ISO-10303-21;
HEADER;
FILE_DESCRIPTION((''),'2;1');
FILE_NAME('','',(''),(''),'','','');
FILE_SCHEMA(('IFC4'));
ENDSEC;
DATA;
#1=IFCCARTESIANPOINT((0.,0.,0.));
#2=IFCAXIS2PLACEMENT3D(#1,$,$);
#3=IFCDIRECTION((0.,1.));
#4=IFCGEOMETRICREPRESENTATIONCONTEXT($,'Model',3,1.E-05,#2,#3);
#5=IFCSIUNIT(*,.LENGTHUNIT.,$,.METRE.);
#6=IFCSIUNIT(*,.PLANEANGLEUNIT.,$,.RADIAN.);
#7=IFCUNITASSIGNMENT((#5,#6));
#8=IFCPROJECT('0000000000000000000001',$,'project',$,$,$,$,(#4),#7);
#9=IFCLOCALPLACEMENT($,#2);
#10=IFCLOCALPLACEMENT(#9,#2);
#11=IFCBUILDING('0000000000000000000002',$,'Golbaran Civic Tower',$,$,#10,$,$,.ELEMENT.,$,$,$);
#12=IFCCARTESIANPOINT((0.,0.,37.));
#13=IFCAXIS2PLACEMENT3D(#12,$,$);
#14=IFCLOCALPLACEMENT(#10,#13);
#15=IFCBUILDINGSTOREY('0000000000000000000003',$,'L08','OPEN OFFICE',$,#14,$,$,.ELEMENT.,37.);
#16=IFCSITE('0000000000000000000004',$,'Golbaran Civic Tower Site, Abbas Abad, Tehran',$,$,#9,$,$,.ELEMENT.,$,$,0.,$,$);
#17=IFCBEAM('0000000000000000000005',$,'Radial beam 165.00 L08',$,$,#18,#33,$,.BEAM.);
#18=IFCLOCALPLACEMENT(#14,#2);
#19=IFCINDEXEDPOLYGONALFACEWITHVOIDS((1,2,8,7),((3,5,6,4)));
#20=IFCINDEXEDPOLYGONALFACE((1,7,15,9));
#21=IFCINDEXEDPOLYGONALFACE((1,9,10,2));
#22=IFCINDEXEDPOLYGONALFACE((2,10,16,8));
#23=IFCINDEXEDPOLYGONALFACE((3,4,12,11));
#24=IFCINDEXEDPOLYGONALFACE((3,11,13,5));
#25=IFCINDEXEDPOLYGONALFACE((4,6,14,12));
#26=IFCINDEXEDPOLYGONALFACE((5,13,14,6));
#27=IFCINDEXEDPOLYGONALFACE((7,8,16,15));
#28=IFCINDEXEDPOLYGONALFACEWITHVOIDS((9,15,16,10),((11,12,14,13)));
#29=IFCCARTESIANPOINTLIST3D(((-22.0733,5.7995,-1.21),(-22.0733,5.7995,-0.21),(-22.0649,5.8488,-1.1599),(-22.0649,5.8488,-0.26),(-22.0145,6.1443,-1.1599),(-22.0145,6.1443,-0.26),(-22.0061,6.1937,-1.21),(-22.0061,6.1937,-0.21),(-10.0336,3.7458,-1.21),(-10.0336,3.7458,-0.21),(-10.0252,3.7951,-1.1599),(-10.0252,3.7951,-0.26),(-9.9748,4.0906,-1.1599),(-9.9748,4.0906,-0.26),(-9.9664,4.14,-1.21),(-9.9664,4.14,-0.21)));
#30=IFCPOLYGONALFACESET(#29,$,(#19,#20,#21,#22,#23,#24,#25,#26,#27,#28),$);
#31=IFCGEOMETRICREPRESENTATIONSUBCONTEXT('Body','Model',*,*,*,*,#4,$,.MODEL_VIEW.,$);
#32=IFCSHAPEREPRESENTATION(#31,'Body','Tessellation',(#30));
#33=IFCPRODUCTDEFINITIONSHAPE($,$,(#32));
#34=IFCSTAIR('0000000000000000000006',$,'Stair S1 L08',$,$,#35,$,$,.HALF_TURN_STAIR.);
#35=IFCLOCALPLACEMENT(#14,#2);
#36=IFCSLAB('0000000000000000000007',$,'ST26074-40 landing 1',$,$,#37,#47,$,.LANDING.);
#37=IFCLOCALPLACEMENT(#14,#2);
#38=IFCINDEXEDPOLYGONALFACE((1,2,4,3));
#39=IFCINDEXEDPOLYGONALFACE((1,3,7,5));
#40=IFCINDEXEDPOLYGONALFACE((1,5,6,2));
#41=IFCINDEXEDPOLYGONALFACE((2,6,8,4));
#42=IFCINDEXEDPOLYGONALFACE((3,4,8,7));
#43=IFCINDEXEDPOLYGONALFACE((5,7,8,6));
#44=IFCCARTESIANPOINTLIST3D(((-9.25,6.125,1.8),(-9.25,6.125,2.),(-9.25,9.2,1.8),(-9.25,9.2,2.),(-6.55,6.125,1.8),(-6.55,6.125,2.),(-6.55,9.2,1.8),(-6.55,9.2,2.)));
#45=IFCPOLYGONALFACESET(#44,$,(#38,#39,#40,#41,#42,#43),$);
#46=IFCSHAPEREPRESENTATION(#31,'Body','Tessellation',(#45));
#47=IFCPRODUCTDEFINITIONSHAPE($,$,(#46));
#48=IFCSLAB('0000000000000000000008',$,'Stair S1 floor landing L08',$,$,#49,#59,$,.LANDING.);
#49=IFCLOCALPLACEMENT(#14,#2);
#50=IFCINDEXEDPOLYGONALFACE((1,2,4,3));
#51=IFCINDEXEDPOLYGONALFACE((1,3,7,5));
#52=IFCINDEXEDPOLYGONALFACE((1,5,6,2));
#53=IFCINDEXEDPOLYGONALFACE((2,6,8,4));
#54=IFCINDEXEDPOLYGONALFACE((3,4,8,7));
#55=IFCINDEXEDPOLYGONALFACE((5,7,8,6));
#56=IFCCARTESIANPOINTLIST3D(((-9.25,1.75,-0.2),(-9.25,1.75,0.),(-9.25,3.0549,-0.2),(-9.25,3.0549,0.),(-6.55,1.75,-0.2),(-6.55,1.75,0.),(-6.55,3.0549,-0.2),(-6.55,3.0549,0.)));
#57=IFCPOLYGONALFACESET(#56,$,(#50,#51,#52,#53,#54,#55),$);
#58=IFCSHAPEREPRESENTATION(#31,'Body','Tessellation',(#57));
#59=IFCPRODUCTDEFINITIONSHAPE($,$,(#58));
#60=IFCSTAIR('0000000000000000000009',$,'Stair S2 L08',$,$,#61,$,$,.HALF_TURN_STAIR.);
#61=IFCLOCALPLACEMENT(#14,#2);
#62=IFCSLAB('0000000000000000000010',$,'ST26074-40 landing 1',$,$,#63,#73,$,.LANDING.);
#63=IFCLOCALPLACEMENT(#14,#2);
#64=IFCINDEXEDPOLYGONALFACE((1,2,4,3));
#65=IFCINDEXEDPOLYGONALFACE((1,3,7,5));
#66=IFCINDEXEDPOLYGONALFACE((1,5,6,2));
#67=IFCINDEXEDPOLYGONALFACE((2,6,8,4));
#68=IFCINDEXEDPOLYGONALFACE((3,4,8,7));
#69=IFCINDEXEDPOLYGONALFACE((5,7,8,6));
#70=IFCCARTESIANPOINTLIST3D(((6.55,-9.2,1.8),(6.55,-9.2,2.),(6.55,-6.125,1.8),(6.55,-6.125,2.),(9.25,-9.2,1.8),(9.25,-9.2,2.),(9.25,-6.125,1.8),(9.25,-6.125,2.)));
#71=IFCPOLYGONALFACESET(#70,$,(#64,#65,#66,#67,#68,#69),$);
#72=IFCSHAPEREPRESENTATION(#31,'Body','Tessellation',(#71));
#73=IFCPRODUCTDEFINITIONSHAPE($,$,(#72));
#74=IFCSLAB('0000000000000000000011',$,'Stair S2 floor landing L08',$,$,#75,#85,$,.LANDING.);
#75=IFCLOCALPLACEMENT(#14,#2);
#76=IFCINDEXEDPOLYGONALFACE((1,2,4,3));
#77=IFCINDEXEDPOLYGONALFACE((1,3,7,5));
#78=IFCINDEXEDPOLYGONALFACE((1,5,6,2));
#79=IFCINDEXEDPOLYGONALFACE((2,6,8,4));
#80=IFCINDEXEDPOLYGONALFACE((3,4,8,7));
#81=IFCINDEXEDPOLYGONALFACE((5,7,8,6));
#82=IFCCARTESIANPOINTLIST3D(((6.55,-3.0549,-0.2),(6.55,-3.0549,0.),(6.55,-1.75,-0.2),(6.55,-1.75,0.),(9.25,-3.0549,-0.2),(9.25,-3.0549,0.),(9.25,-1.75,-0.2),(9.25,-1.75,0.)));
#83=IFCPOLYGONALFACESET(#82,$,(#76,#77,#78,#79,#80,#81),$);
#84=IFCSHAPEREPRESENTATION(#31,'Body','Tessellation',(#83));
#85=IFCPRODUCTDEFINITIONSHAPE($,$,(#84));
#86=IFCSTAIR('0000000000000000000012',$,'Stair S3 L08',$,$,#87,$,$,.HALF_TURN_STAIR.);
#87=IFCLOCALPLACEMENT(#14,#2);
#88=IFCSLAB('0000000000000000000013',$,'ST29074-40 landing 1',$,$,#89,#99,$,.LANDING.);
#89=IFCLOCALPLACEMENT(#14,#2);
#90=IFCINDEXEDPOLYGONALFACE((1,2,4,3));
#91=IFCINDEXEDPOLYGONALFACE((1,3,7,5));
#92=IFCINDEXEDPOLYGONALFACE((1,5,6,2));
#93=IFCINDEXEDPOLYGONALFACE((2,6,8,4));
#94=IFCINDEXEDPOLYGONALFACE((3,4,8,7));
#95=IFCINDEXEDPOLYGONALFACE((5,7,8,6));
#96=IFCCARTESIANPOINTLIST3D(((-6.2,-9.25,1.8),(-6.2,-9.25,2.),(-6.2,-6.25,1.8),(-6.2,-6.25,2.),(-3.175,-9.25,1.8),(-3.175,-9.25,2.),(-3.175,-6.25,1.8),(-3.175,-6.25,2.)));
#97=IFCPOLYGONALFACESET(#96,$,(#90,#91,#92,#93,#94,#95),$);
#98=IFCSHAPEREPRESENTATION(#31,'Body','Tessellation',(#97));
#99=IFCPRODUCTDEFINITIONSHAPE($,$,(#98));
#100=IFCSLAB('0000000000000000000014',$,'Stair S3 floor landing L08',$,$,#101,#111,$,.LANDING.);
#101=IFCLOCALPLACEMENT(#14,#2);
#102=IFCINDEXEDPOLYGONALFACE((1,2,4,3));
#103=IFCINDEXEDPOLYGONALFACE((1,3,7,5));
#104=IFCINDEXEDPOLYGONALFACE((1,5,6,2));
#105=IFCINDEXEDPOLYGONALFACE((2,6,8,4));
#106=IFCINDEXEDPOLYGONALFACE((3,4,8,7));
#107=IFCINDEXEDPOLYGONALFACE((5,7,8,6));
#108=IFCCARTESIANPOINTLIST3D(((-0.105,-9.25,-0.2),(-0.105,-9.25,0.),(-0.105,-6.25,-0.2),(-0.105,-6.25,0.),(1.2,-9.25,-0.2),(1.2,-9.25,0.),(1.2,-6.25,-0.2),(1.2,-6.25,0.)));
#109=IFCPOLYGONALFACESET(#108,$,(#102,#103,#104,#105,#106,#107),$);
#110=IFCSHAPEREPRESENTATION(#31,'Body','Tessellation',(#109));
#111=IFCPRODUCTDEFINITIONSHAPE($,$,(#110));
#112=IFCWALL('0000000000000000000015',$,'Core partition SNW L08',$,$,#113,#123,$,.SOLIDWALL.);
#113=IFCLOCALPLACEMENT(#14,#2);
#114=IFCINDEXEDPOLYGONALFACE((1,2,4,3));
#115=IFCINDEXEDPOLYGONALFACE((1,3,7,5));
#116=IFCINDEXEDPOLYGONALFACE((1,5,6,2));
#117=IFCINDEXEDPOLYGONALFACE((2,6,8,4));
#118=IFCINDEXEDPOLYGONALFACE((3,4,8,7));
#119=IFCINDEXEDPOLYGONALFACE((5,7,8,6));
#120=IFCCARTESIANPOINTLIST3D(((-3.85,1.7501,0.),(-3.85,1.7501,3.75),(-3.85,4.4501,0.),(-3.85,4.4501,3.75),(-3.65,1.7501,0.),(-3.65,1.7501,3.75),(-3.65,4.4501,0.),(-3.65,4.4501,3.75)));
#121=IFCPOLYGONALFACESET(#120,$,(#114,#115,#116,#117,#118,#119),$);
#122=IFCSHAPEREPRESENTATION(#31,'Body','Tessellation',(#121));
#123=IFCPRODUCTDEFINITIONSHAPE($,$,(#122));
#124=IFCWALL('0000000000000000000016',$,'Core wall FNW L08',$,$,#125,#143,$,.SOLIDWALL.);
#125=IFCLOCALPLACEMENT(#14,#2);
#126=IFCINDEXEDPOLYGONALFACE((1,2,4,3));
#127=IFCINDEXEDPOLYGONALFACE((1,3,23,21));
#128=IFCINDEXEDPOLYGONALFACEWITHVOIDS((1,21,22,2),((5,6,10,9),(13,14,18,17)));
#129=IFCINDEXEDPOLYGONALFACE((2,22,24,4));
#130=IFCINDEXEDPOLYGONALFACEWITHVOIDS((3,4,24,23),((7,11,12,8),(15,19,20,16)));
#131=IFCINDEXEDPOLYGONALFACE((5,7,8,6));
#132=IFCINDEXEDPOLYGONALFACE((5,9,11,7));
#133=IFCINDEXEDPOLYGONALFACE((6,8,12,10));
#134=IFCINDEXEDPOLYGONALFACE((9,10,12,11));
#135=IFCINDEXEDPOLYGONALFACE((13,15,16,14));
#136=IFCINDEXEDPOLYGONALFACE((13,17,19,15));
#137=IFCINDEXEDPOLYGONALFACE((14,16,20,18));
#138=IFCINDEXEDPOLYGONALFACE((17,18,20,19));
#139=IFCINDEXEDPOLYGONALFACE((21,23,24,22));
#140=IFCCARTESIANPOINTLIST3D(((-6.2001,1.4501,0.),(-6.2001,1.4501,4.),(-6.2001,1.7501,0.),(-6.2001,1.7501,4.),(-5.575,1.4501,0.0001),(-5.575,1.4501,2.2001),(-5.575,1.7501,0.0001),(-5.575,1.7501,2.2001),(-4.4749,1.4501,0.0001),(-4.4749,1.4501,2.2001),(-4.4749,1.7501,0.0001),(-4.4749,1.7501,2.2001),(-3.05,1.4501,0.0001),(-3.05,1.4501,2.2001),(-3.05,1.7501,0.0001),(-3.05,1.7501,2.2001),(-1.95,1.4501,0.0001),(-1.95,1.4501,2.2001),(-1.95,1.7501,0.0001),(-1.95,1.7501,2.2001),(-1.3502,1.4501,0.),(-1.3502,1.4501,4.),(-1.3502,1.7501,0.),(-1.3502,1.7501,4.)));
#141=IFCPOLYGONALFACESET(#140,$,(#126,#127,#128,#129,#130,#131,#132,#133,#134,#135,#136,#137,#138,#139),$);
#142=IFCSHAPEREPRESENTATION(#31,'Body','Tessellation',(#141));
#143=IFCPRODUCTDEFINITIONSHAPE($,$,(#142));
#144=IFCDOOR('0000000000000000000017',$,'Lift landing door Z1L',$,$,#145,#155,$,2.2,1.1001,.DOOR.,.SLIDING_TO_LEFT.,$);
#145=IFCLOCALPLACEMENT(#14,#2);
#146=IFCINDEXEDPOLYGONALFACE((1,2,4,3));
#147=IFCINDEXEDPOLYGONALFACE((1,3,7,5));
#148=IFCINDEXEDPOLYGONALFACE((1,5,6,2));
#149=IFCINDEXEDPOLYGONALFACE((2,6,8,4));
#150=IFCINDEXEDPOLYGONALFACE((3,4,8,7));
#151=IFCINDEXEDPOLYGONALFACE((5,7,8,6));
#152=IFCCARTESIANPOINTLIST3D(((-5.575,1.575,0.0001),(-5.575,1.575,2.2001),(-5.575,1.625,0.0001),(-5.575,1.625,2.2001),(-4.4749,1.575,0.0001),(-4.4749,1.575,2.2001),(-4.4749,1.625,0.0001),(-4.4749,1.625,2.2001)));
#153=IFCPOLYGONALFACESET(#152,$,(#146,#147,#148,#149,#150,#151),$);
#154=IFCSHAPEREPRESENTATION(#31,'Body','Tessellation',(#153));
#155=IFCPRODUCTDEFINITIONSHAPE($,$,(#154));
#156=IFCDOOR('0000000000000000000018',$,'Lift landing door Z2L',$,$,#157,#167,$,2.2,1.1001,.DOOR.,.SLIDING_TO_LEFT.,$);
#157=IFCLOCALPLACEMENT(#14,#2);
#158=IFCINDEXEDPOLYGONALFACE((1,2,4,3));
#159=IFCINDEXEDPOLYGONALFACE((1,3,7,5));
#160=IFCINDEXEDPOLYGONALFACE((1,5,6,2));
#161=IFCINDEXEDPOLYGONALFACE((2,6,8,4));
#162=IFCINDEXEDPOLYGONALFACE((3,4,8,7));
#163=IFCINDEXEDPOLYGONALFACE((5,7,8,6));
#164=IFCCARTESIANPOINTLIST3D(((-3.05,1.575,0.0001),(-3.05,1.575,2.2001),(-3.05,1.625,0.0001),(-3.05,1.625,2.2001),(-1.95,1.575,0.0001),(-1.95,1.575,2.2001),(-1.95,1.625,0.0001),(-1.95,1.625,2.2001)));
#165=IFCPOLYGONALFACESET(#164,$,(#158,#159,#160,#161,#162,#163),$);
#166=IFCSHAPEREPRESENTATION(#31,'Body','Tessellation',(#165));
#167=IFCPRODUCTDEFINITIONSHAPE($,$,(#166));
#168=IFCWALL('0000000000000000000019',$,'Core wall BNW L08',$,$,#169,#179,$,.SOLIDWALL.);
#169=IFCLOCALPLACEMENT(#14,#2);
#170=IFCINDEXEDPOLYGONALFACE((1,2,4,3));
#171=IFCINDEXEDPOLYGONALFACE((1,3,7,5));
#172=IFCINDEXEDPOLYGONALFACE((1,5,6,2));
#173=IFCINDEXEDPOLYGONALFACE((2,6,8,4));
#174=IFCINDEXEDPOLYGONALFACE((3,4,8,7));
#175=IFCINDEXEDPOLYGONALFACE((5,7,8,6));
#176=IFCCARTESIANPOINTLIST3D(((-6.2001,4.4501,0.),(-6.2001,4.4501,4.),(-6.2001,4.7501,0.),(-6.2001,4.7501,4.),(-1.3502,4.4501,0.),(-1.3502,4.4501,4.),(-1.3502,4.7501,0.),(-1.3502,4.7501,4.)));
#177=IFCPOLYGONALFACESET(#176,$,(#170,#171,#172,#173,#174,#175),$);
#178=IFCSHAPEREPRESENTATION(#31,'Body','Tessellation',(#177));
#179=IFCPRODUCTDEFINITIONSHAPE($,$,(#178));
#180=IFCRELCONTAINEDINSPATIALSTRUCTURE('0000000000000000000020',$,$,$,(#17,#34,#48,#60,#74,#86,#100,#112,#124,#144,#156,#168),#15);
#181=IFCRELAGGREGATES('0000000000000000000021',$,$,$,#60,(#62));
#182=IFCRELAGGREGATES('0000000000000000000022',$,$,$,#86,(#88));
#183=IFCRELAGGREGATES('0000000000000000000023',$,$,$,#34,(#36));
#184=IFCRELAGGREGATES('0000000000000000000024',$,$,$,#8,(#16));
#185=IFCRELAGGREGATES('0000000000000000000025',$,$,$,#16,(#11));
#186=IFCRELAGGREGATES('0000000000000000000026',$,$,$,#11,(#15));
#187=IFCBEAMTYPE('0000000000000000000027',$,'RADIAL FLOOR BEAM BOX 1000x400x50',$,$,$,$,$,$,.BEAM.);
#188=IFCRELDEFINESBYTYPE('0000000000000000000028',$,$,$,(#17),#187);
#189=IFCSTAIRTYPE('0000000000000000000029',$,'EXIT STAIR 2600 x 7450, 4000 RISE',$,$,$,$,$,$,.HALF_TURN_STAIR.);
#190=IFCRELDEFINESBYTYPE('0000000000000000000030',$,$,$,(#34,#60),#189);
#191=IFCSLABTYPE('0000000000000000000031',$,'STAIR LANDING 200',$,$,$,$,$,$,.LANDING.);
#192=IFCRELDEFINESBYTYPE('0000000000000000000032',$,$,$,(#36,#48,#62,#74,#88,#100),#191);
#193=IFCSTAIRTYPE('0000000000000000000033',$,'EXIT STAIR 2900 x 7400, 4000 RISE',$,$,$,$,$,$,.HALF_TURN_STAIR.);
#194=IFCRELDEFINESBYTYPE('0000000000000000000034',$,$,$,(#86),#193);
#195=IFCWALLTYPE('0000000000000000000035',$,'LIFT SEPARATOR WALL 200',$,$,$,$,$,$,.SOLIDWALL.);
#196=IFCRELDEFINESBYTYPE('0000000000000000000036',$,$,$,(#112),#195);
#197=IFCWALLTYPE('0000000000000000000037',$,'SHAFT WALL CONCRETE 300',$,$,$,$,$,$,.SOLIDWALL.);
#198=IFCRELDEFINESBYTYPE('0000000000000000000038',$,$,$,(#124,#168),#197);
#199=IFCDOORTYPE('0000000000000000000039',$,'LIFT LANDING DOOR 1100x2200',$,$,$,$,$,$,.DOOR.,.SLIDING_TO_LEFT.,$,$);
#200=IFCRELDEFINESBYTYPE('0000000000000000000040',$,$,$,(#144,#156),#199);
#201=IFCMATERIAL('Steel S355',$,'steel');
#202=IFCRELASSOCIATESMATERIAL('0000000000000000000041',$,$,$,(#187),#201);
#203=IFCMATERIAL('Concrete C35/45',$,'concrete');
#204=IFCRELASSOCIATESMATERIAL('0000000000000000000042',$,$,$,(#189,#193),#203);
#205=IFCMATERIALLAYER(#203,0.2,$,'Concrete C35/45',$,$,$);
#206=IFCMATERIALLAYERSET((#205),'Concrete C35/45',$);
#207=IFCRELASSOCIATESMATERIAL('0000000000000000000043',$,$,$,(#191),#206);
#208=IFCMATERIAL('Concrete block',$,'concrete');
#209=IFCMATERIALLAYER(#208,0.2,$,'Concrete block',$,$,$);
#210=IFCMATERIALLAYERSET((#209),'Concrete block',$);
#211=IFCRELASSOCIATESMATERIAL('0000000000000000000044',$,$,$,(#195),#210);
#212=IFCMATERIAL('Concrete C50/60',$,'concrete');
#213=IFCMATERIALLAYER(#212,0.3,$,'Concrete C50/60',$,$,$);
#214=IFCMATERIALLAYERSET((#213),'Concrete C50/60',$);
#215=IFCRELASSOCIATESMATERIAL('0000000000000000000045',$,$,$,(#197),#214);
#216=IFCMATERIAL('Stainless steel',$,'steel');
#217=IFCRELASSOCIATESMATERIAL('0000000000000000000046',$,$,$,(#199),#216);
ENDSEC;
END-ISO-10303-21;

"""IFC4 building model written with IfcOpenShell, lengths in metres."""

from ifc_helpers import new_model, si_unit, direction, frame, frame_2d, origin, origin_2d, place, context, subcontext, project, spatial, polyline, rectangle, hollow_rectangle, outline, extrude, material, layer, layer_set, material_profile, profile_set, type_object, element, fill, aggregate, save


model = new_model("IFC4")

# Units and contexts
model_context = context("Model", 3, precision=1e-05, world=origin(), true_north=direction((0.0, 1.0)))
body_context = subcontext(model_context, "Body", "Model", "MODEL_VIEW")
ifc_project = project(units=[si_unit("LENGTHUNIT", "METRE"), si_unit("PLANEANGLEUNIT", "RADIAN")], contexts=[model_context])

# Site, building, storey
site_placement = place(None, origin())
site = spatial("IfcSite", under=ifc_project, at=site_placement, Name="Golbaran Civic Tower Site, Abbas Abad, Tehran", CompositionType="ELEMENT", RefElevation=0.0)
building_placement = place(site_placement, origin())
building = spatial("IfcBuilding", under=site, at=building_placement, Name="Golbaran Civic Tower", CompositionType="ELEMENT")
storey_placement = place(building_placement, frame((0.0, 0.0, 37.0)))
storey = spatial("IfcBuildingStorey", under=building, at=storey_placement, Name="L08", Description="OPEN OFFICE", CompositionType="ELEMENT", Elevation=37.0)

# Beam
ifc_material_1 = material(Name="Steel S355", Category="steel")
ifc_material_profile = material_profile(ifc_material_1, hollow_rectangle(XDim=0.3999, YDim=1.0, WallThickness=0.05, at=origin_2d()), Name="BOX 1000x400x50")
ifc_profile_set = profile_set([ifc_material_profile], Name="Steel S355")
beam_type = type_object("IfcBeamType", Name="RADIAL FLOOR BEAM BOX 1000x400x50", PredefinedType="BEAM", material=ifc_profile_set)
beam_placement = place(storey_placement, frame((-10.0, 3.9429, -0.71), z_axis=(-0.985762, 0.168148, 0.0), x_axis=(-0.168148, -0.985762, 0.0)))
element("IfcBeam", 1, at=beam_placement, inside=storey, type_object=beam_type, Name="Radial beam 165.00 L08", PredefinedType="BEAM", context=body_context, shape_type="SweptSolid", body=[
    extrude(hollow_rectangle(XDim=0.3999, YDim=1.0, WallThickness=0.05, at=origin_2d()), origin(), (0.0, 0.0, 1.0), 12.2136),
])

# Stair, slab
ifc_material_2 = material(Name="Concrete C35/45", Category="concrete")
stair_type_1 = type_object("IfcStairType", Name="EXIT STAIR 2600 x 7450, 4000 RISE", PredefinedType="HALF_TURN_STAIR", material=ifc_material_2)
stair_1_placement = place(storey_placement, origin())
stair_1 = element("IfcStair", 2, at=stair_1_placement, inside=storey, type_object=stair_type_1, Name="Stair S1 L08", PredefinedType="HALF_TURN_STAIR")
ifc_layer_1 = layer(ifc_material_2, 0.2, Name="Concrete C35/45")
ifc_layer_set_1 = layer_set([ifc_layer_1], Name="Concrete C35/45")
slab_type = type_object("IfcSlabType", Name="STAIR LANDING 200", PredefinedType="LANDING", material=ifc_layer_set_1)
slab_1_placement = place(storey_placement, frame((0.0, 0.0, 1.8)))
slab_1 = element("IfcSlab", 3, at=slab_1_placement, type_object=slab_type, Name="ST26074-40 landing 1", PredefinedType="LANDING", context=body_context, shape_type="SweptSolid", body=[
    extrude(outline(polyline([(-9.25, 6.125), (-9.25, 9.2), (-6.55, 9.2), (-6.55, 6.125), (-9.25, 6.125)])), origin(), (0.0, 0.0, 1.0), 0.2),
])

# Slab
slab_2_placement = place(storey_placement, frame((0.0, 0.0, -0.2)))
element("IfcSlab", 4, at=slab_2_placement, inside=storey, type_object=slab_type, Name="Stair S1 floor landing L08", PredefinedType="LANDING", context=body_context, shape_type="SweptSolid", body=[
    extrude(outline(polyline([(-9.25, 1.75), (-9.25, 3.0549), (-6.55, 3.0549), (-6.55, 1.75), (-9.25, 1.75)])), origin(), (0.0, 0.0, 1.0), 0.2),
])

# Stair, slab
stair_2_placement = place(storey_placement, origin())
stair_2 = element("IfcStair", 5, at=stair_2_placement, inside=storey, type_object=stair_type_1, Name="Stair S2 L08", PredefinedType="HALF_TURN_STAIR")
slab_3_placement = place(storey_placement, frame((0.0, 0.0, 1.8)))
slab_3 = element("IfcSlab", 6, at=slab_3_placement, type_object=slab_type, Name="ST26074-40 landing 1", PredefinedType="LANDING", context=body_context, shape_type="SweptSolid", body=[
    extrude(outline(polyline([(9.25, -6.125), (9.25, -9.2), (6.55, -9.2), (6.55, -6.125), (9.25, -6.125)])), origin(), (0.0, 0.0, 1.0), 0.2),
])
aggregate(stair_2, [slab_3])

# Slab
slab_4_placement = place(storey_placement, frame((0.0, 0.0, -0.2)))
element("IfcSlab", 7, at=slab_4_placement, inside=storey, type_object=slab_type, Name="Stair S2 floor landing L08", PredefinedType="LANDING", context=body_context, shape_type="SweptSolid", body=[
    extrude(outline(polyline([(9.25, -1.75), (9.25, -3.0549), (6.55, -3.0549), (6.55, -1.75), (9.25, -1.75)])), origin(), (0.0, 0.0, 1.0), 0.2),
])

# Stair, slab
stair_type_2 = type_object("IfcStairType", Name="EXIT STAIR 2900 x 7400, 4000 RISE", PredefinedType="HALF_TURN_STAIR", material=ifc_material_2)
stair_3_placement = place(storey_placement, origin())
stair_3 = element("IfcStair", 8, at=stair_3_placement, inside=storey, type_object=stair_type_2, Name="Stair S3 L08", PredefinedType="HALF_TURN_STAIR")
slab_5_placement = place(storey_placement, frame((0.0, 0.0, 1.8)))
slab_5 = element("IfcSlab", 9, at=slab_5_placement, type_object=slab_type, Name="ST29074-40 landing 1", PredefinedType="LANDING", context=body_context, shape_type="SweptSolid", body=[
    extrude(outline(polyline([(-3.175, -9.25), (-6.2, -9.25), (-6.2, -6.25), (-3.175, -6.25), (-3.175, -9.25)])), origin(), (0.0, 0.0, 1.0), 0.2),
])
aggregate(stair_3, [slab_5])

# Slab
slab_6_placement = place(storey_placement, frame((0.0, 0.0, -0.2)))
element("IfcSlab", 10, at=slab_6_placement, inside=storey, type_object=slab_type, Name="Stair S3 floor landing L08", PredefinedType="LANDING", context=body_context, shape_type="SweptSolid", body=[
    extrude(outline(polyline([(1.2, -9.25), (-0.105, -9.25), (-0.105, -6.25), (1.2, -6.25), (1.2, -9.25)])), origin(), (0.0, 0.0, 1.0), 0.2),
])

# Wall
ifc_material_3 = material(Name="Concrete block", Category="concrete")
ifc_layer_2 = layer(ifc_material_3, 0.2, Name="Concrete block")
ifc_layer_set_2 = layer_set([ifc_layer_2], Name="Concrete block")
wall_type_1 = type_object("IfcWallType", Name="LIFT SEPARATOR WALL 200", PredefinedType="SOLIDWALL", material=ifc_layer_set_2)
wall_1_placement = place(storey_placement, frame((-3.75, 1.75, 0.0), z_axis=(0.0, 0.0, 1.0), x_axis=(0.0, 1.0, 0.0)))
element("IfcWall", 11, at=wall_1_placement, inside=storey, type_object=wall_type_1, Name="Core partition SNW L08", PredefinedType="SOLIDWALL", context=body_context, shape_type="SweptSolid", body=[
    extrude(rectangle(XDim=2.7, YDim=0.2, at=frame_2d((1.3501, 0.0))), origin(), (0.0, 0.0, 1.0), 3.75),
])

# Wall, openings, doors
ifc_material_4 = material(Name="Concrete C50/60", Category="concrete")
ifc_layer_3 = layer(ifc_material_4, 0.3, Name="Concrete C50/60")
ifc_layer_set_3 = layer_set([ifc_layer_3], Name="Concrete C50/60")
wall_type_2 = type_object("IfcWallType", Name="SHAFT WALL CONCRETE 300", PredefinedType="SOLIDWALL", material=ifc_layer_set_3)
wall_2_placement = place(storey_placement, frame((-6.2, 1.6001, 0.0), z_axis=(0.0, 0.0, 1.0), x_axis=(1.0, 0.0, 0.0)))
wall_2 = element("IfcWall", 12, at=wall_2_placement, inside=storey, type_object=wall_type_2, Name="Core wall FNW L08", PredefinedType="SOLIDWALL", context=body_context, shape_type="SweptSolid", body=[
    extrude(rectangle(XDim=4.8499, YDim=0.3, at=frame_2d((2.4248, 0.0))), origin(), (0.0, 0.0, 1.0), 4.0),
])
opening_1_placement = place(wall_2_placement, frame((0.625, 0.0, 0.0)))
opening_1 = element("IfcOpeningElement", 13, at=opening_1_placement, cuts=wall_2, PredefinedType="OPENING", context=body_context, shape_type="SweptSolid", body=[
    extrude(rectangle(XDim=1.1001, YDim=2.2, at=frame_2d((0.55, 1.1001))), frame((0.0, 0.1599, 0.0), z_axis=(0.0, -1.0, 0.0), x_axis=(1.0, 0.0, 0.0)), (0.0, 0.0, 1.0), 0.3201),
])
opening_2_placement = place(wall_2_placement, frame((3.1499, 0.0, 0.0)))
opening_2 = element("IfcOpeningElement", 14, at=opening_2_placement, cuts=wall_2, PredefinedType="OPENING", context=body_context, shape_type="SweptSolid", body=[
    extrude(rectangle(XDim=1.1001, YDim=2.2, at=frame_2d((0.55, 1.1001))), frame((0.0, 0.1599, 0.0), z_axis=(0.0, -1.0, 0.0), x_axis=(1.0, 0.0, 0.0)), (0.0, 0.0, 1.0), 0.3201),
])
ifc_material_5 = material(Name="Stainless steel", Category="steel")
door_type_1 = type_object("IfcDoorType", Name="LIFT LANDING DOOR 1100x2200", OperationType="SLIDING_TO_LEFT", PredefinedType="DOOR", material=ifc_material_5)
door_1_placement = place(opening_1_placement, origin())
door_1 = element("IfcDoor", 15, at=door_1_placement, inside=storey, type_object=door_type_1, Name="Lift landing door Z1L", OperationType="SLIDING_TO_LEFT", OverallHeight=2.2, OverallWidth=1.1001, PredefinedType="DOOR", context=body_context, shape_type="SweptSolid", body=[
    extrude(rectangle(XDim=1.1001, YDim=2.2, at=frame_2d((0.55, 1.1001))), frame((0.0, 0.0249, 0.0), z_axis=(0.0, -1.0, 0.0), x_axis=(1.0, 0.0, 0.0)), (0.0, 0.0, 1.0), 0.05),
])
fill(opening_1, door_1)
door_2_placement = place(opening_2_placement, origin())
door_2 = element("IfcDoor", 16, at=door_2_placement, inside=storey, type_object=door_type_1, Name="Lift landing door Z2L", OperationType="SLIDING_TO_LEFT", OverallHeight=2.2, OverallWidth=1.1001, PredefinedType="DOOR", context=body_context, shape_type="SweptSolid", body=[
    extrude(rectangle(XDim=1.1001, YDim=2.2, at=frame_2d((0.55, 1.1001))), frame((0.0, 0.0249, 0.0), z_axis=(0.0, -1.0, 0.0), x_axis=(1.0, 0.0, 0.0)), (0.0, 0.0, 1.0), 0.05),
])
fill(opening_2, door_2)

# Wall
wall_3_placement = place(storey_placement, frame((-6.2, 4.6001, 0.0), z_axis=(0.0, 0.0, 1.0), x_axis=(1.0, 0.0, 0.0)))
element("IfcWall", 17, at=wall_3_placement, inside=storey, type_object=wall_type_2, Name="Core wall BNW L08", PredefinedType="SOLIDWALL", context=body_context, shape_type="SweptSolid", body=[
    extrude(rectangle(XDim=4.8499, YDim=0.3, at=frame_2d((2.4248, 0.0))), origin(), (0.0, 0.0, 1.0), 4.0),
])

aggregate(stair_1, [slab_1])

save(model, "model.ifc")
